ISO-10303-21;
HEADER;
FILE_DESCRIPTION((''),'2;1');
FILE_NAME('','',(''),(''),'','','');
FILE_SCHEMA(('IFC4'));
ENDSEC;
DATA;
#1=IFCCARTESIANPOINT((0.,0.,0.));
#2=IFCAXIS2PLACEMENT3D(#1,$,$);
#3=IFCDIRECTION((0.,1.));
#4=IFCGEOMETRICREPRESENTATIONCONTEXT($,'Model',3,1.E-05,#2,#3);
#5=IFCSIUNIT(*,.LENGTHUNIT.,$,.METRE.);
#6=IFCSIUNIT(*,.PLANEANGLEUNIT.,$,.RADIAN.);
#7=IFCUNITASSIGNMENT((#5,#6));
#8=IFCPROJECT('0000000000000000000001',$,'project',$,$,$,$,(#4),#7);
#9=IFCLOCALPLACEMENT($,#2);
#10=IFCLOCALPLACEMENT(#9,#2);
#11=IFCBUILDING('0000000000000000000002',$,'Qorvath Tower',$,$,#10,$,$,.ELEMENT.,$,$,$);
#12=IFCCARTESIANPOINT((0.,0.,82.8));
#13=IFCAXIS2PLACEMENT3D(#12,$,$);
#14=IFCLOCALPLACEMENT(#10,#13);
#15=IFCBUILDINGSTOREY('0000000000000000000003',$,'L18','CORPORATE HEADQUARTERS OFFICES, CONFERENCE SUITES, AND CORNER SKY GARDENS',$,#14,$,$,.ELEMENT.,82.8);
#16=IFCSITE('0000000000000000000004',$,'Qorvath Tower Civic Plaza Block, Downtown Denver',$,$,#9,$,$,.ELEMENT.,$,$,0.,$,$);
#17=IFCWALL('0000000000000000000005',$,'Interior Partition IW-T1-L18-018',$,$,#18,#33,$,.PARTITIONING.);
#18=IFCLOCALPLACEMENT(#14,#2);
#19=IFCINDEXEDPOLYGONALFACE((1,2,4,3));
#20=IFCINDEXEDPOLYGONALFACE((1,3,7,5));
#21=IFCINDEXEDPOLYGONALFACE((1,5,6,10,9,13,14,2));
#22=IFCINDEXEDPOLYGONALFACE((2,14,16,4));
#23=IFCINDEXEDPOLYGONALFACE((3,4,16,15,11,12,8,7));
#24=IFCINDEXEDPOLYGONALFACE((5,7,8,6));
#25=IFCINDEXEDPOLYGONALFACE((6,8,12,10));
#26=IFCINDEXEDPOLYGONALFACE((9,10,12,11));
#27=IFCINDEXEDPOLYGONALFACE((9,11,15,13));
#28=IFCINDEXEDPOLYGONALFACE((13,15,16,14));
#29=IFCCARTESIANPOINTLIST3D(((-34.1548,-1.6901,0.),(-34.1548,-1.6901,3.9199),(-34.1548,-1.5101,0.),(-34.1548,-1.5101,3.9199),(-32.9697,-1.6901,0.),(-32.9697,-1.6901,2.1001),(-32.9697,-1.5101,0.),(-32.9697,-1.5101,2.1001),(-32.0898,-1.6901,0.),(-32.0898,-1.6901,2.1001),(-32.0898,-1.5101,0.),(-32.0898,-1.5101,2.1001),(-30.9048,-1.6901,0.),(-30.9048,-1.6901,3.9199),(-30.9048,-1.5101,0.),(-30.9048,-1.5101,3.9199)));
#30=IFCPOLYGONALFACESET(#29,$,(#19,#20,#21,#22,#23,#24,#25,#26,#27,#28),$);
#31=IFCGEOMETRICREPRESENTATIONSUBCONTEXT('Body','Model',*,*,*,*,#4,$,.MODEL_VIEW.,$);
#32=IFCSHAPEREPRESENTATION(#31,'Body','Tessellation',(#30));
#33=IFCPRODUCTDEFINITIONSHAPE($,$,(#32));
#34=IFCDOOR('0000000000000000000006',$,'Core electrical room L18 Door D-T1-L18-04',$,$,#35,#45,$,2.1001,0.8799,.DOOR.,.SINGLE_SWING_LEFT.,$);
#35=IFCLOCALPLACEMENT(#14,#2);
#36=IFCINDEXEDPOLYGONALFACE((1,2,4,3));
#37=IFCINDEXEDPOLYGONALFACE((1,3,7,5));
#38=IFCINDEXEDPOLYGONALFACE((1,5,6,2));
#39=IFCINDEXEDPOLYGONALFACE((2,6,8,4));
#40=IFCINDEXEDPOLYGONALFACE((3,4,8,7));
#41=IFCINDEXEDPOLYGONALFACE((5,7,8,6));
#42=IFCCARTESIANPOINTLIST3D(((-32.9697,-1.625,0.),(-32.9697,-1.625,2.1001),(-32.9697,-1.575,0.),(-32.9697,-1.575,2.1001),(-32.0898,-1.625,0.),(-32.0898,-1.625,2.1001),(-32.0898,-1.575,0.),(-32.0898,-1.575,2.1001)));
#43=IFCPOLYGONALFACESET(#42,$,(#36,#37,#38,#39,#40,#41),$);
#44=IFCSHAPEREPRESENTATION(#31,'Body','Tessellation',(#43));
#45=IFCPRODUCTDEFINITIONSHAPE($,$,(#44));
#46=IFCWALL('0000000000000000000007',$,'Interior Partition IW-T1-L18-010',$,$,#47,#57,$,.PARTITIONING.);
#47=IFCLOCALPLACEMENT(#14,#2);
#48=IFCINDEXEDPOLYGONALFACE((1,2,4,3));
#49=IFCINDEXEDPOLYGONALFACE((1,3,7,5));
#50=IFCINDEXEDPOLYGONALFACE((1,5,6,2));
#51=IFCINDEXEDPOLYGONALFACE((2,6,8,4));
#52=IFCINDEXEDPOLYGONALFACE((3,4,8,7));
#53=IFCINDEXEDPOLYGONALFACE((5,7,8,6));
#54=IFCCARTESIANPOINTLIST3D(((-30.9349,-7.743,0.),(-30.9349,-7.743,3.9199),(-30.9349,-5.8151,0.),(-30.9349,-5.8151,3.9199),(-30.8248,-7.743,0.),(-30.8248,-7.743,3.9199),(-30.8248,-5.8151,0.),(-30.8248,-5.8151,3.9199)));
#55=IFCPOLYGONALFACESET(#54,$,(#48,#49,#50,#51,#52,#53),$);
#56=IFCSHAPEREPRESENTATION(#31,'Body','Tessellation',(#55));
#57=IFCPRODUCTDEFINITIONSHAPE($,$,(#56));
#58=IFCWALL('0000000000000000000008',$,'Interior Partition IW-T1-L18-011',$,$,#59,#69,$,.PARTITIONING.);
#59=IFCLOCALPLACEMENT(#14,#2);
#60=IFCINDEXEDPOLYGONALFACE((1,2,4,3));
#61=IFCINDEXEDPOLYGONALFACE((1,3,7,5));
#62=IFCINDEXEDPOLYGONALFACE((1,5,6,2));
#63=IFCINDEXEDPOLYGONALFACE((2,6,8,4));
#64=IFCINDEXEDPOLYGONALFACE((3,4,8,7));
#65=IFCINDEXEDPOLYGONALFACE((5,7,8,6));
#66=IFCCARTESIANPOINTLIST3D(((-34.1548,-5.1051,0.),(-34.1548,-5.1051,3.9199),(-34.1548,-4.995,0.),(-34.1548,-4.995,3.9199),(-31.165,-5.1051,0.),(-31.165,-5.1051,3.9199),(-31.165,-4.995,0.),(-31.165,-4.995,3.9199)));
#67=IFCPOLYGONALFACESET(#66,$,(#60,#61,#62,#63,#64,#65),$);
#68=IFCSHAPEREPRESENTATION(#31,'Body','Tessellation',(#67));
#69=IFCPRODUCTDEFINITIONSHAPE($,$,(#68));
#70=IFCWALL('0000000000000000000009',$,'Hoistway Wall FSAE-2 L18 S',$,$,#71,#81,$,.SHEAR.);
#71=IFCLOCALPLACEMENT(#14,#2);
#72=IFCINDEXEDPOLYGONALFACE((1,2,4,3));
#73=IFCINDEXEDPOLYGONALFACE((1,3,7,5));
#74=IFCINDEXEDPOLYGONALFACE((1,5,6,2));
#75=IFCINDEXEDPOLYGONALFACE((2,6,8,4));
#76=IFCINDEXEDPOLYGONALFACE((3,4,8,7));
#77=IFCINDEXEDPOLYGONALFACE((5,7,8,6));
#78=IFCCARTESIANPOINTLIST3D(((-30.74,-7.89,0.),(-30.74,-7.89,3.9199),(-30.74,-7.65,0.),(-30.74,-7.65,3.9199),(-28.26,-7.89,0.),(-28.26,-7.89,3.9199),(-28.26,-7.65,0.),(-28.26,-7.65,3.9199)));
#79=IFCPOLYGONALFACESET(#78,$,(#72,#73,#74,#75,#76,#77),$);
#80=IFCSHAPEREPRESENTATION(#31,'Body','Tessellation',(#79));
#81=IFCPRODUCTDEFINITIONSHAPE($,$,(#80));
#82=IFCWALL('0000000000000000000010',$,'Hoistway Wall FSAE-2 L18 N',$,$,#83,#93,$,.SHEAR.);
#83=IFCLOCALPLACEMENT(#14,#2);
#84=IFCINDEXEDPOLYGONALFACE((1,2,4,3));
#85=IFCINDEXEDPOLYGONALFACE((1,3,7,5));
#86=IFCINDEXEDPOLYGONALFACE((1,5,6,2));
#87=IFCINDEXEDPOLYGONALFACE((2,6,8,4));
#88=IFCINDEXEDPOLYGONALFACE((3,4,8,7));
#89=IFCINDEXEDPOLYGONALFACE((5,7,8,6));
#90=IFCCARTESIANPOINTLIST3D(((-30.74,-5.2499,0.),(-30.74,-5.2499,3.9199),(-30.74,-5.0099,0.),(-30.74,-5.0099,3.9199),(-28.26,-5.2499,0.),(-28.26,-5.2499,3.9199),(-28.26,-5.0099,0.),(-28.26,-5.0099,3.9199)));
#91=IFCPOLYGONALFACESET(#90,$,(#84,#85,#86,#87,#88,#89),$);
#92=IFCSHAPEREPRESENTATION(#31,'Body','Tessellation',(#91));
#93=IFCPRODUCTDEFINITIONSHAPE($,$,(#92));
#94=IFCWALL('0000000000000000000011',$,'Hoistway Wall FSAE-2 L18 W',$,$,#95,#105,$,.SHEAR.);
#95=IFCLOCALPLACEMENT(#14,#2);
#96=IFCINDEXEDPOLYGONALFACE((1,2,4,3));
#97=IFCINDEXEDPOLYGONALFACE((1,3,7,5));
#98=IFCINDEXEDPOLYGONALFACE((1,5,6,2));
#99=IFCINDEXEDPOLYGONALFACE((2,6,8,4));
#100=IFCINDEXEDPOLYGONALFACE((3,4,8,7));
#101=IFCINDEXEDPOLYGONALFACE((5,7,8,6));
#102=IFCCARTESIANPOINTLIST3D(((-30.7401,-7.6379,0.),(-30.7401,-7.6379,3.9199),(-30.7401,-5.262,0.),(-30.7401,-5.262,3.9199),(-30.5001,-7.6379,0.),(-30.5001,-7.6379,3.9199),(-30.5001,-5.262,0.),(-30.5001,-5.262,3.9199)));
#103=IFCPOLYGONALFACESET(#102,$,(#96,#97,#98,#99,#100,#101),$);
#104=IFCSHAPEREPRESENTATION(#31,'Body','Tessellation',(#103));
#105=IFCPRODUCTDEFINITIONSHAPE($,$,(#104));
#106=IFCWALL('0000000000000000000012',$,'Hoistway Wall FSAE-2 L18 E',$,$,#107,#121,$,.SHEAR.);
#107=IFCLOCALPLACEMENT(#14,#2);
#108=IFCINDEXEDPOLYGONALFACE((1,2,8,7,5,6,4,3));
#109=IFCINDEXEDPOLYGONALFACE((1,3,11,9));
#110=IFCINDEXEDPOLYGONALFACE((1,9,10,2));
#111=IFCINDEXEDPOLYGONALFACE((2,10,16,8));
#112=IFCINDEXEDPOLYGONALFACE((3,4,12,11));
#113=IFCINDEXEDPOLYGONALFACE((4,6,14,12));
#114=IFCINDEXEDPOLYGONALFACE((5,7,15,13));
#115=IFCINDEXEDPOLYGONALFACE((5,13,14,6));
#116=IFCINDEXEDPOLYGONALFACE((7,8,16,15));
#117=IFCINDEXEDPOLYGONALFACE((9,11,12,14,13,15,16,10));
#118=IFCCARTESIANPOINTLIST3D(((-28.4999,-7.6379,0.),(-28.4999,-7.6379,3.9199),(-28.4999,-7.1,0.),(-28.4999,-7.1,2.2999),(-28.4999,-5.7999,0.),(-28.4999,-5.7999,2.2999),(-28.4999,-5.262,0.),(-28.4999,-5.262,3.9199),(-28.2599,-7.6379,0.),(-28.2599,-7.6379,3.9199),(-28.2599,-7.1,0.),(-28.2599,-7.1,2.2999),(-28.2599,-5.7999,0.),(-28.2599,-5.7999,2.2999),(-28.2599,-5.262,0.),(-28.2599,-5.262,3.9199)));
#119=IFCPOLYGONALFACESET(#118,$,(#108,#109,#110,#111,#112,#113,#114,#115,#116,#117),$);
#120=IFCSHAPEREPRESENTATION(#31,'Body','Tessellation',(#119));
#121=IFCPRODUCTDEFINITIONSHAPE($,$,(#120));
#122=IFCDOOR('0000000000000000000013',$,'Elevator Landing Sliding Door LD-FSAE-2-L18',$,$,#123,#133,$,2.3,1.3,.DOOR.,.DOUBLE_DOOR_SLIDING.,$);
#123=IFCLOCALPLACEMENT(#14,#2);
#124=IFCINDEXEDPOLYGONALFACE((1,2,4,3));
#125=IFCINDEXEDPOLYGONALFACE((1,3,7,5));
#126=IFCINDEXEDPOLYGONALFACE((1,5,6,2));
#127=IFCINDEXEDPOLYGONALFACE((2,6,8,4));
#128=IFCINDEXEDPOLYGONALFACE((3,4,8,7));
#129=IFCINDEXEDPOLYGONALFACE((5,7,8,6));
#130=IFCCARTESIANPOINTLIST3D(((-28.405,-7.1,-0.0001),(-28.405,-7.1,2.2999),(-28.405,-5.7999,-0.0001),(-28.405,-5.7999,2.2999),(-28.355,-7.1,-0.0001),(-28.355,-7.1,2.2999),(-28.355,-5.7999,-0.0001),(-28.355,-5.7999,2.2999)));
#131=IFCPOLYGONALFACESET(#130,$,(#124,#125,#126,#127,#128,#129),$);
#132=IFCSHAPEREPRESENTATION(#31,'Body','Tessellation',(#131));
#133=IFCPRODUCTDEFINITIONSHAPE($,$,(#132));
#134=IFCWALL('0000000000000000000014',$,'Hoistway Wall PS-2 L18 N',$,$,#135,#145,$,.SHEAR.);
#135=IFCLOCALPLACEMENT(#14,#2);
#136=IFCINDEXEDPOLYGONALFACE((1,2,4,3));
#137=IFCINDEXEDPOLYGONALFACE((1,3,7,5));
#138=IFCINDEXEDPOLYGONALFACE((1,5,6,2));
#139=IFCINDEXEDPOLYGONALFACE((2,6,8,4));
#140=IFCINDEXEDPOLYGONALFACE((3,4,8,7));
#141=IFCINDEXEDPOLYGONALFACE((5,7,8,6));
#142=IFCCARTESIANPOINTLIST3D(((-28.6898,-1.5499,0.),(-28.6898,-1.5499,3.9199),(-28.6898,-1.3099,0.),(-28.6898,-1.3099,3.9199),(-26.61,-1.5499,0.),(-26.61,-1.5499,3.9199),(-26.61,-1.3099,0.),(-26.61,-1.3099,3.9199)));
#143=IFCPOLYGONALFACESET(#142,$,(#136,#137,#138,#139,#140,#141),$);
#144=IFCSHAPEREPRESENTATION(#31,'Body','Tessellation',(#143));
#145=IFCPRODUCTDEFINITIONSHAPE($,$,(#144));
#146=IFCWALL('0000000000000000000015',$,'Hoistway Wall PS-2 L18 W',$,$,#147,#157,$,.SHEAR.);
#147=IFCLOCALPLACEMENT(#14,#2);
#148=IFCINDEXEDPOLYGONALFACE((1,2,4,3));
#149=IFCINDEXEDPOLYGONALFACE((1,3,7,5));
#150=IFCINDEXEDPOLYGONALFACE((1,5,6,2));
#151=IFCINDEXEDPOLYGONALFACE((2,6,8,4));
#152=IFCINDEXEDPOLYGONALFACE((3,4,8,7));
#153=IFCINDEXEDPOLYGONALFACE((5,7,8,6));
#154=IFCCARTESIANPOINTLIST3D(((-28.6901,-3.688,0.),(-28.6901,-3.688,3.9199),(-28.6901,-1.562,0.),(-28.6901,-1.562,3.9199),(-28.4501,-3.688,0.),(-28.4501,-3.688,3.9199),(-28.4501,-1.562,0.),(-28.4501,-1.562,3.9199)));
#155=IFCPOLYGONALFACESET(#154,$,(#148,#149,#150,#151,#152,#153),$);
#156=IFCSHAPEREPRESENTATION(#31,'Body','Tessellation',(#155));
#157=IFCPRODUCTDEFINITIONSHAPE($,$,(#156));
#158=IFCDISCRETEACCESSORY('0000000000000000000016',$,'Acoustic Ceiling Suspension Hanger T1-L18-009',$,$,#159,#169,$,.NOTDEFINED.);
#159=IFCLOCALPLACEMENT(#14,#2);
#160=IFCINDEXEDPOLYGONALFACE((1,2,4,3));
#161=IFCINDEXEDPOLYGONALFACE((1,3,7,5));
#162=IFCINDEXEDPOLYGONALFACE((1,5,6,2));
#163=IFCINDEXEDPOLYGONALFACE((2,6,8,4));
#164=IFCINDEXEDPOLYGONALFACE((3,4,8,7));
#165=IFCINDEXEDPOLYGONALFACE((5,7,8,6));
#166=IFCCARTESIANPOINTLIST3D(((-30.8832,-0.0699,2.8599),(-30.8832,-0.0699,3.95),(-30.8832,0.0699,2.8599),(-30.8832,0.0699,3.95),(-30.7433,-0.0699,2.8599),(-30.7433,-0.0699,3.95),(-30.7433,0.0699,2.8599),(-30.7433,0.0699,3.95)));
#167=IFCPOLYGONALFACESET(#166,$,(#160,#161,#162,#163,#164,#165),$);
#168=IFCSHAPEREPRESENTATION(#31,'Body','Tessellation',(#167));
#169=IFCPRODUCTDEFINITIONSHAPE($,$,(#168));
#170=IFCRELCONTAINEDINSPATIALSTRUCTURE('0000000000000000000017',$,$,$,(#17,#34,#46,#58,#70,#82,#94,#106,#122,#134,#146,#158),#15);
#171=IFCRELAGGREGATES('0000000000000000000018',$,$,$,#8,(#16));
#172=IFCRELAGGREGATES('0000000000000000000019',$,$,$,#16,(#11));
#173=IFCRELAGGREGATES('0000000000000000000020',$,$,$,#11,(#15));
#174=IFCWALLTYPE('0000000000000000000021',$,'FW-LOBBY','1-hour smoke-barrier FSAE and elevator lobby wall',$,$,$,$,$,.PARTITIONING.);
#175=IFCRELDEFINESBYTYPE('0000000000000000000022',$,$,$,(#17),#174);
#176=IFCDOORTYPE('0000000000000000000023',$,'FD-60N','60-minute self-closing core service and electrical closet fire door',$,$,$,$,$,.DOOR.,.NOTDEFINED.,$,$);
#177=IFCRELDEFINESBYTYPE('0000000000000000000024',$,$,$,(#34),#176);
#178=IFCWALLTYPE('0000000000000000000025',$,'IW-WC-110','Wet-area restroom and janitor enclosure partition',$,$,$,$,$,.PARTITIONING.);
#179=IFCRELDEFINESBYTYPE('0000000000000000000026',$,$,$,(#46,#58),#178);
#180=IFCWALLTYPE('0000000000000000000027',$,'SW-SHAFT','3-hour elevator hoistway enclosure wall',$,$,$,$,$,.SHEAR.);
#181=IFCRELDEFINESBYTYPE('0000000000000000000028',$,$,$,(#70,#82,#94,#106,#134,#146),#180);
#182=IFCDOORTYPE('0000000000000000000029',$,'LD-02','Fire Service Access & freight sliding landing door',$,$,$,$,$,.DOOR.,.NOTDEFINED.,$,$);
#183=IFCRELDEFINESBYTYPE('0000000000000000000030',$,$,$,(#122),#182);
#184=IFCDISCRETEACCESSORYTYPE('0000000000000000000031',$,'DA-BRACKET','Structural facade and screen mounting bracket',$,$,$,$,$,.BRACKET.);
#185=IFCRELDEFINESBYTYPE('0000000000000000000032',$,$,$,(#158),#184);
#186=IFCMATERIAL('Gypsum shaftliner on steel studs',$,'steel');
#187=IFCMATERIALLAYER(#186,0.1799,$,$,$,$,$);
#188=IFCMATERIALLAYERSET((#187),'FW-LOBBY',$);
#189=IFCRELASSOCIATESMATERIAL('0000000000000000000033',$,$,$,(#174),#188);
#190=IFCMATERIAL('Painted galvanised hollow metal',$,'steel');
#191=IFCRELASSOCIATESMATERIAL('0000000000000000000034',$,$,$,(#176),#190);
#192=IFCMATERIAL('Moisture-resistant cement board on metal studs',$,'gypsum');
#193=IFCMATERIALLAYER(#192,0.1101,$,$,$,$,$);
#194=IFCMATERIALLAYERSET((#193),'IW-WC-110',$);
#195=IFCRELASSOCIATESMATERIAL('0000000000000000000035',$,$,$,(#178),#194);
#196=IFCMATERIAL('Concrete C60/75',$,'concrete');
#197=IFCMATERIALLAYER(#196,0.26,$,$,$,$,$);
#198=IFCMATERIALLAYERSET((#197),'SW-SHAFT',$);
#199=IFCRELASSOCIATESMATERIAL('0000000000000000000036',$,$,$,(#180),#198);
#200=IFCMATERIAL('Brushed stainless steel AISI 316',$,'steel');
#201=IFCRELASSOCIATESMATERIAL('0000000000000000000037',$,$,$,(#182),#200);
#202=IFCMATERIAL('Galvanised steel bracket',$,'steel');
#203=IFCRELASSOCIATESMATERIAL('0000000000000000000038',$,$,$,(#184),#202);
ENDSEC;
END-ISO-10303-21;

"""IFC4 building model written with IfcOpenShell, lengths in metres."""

from ifc_helpers import new_model, si_unit, direction, frame, frame_2d, origin, origin_2d, place, context, subcontext, project, spatial, rectangle, extrude, material, layer, layer_set, type_object, element, fill, save


model = new_model("IFC4")

# Units and contexts
model_context = context("Model", 3, precision=1e-05, world=origin(), true_north=direction((0.0, 1.0)))
body_context = subcontext(model_context, "Body", "Model", "MODEL_VIEW")
ifc_project = project(units=[si_unit("LENGTHUNIT", "METRE"), si_unit("PLANEANGLEUNIT", "RADIAN")], contexts=[model_context])

# Site, building, storey
site_placement = place(None, origin())
site = spatial("IfcSite", under=ifc_project, at=site_placement, Name="Qorvath Tower Civic Plaza Block, Downtown Denver", CompositionType="ELEMENT", RefElevation=0.0)
building_placement = place(site_placement, origin())
building = spatial("IfcBuilding", under=site, at=building_placement, Name="Qorvath Tower", CompositionType="ELEMENT")
storey_placement = place(building_placement, frame((0.0, 0.0, 82.8)))
storey = spatial("IfcBuildingStorey", under=building, at=storey_placement, Name="L18", Description="CORPORATE HEADQUARTERS OFFICES, CONFERENCE SUITES, AND CORNER SKY GARDENS", CompositionType="ELEMENT", Elevation=82.8)

# Shared definitions
ifc_material_1 = material(Name="Gypsum shaftliner on steel studs", Category="steel")
ifc_layer_1 = layer(ifc_material_1, 0.1799)
ifc_layer_set_1 = layer_set([ifc_layer_1], Name="FW-LOBBY")
wall_type_1 = type_object("IfcWallType", Name="FW-LOBBY", Description="1-hour smoke-barrier FSAE and elevator lobby wall", PredefinedType="PARTITIONING", material=ifc_layer_set_1)

# Wall, opening, door
wall_1_placement = place(storey_placement, frame((-30.9048, -1.6001, 0.0), z_axis=(0.0, 0.0, 1.0), x_axis=(-1.0, 0.0, 0.0)))
wall_1 = element("IfcWall", 1, at=wall_1_placement, inside=storey, type_object=wall_type_1, Name="Interior Partition IW-T1-L18-018", PredefinedType="PARTITIONING", context=body_context, shape_type="SweptSolid", body=[
    extrude(rectangle(XDim=3.25, YDim=0.1799, at=frame_2d((1.625, 0.0))), origin(), (0.0, 0.0, 1.0), 3.9199),
])
opening_1_placement = place(wall_1_placement, frame((1.1851, 0.0, 0.0)))
opening_1 = element("IfcOpeningElement", 2, at=opening_1_placement, cuts=wall_1, PredefinedType="OPENING", context=body_context, shape_type="SweptSolid", body=[
    extrude(rectangle(XDim=0.8799, YDim=2.1001, at=frame_2d((0.4399, 1.05))), frame((0.0, 0.1001, 0.0), z_axis=(0.0, -1.0, 0.0), x_axis=(1.0, 0.0, 0.0)), (0.0, 0.0, 1.0), 0.2),
])
ifc_material_2 = material(Name="Painted galvanised hollow metal", Category="steel")
door_type_1 = type_object("IfcDoorType", Name="FD-60N", Description="60-minute self-closing core service and electrical closet fire door", OperationType="NOTDEFINED", PredefinedType="DOOR", material=ifc_material_2)
door_1_placement = place(opening_1_placement, origin())
door_1 = element("IfcDoor", 3, at=door_1_placement, inside=storey, type_object=door_type_1, Name="Core electrical room L18 Door D-T1-L18-04", OperationType="SINGLE_SWING_LEFT", OverallHeight=2.1001, OverallWidth=0.8799, PredefinedType="DOOR", context=body_context, shape_type="SweptSolid", body=[
    extrude(rectangle(XDim=0.8799, YDim=2.1001, at=frame_2d((0.4399, 1.05))), frame((0.0, 0.0249, 0.0), z_axis=(0.0, -1.0, 0.0), x_axis=(1.0, 0.0, 0.0)), (0.0, 0.0, 1.0), 0.05),
])
fill(opening_1, door_1)

# Walls
ifc_material_3 = material(Name="Moisture-resistant cement board on metal studs", Category="gypsum")
ifc_layer_2 = layer(ifc_material_3, 0.1101)
ifc_layer_set_2 = layer_set([ifc_layer_2], Name="IW-WC-110")
wall_type_2 = type_object("IfcWallType", Name="IW-WC-110", Description="Wet-area restroom and janitor enclosure partition", PredefinedType="PARTITIONING", material=ifc_layer_set_2)
wall_2_placement = place(storey_placement, frame((-30.8799, -7.7429, 0.0), z_axis=(0.0, 0.0, 1.0), x_axis=(0.0, 1.0, 0.0)))
element("IfcWall", 4, at=wall_2_placement, inside=storey, type_object=wall_type_2, Name="Interior Partition IW-T1-L18-010", PredefinedType="PARTITIONING", context=body_context, shape_type="SweptSolid", body=[
    extrude(rectangle(XDim=1.928, YDim=0.1101, at=frame_2d((0.9639, 0.0))), origin(), (0.0, 0.0, 1.0), 3.9199),
])
wall_3_placement = place(storey_placement, frame((-31.165, -5.05, 0.0), z_axis=(0.0, 0.0, 1.0), x_axis=(-1.0, 0.0, 0.0)))
element("IfcWall", 5, at=wall_3_placement, inside=storey, type_object=wall_type_2, Name="Interior Partition IW-T1-L18-011", PredefinedType="PARTITIONING", context=body_context, shape_type="SweptSolid", body=[
    extrude(rectangle(XDim=2.9897, YDim=0.1101, at=frame_2d((1.4949, 0.0))), origin(), (0.0, 0.0, 1.0), 3.9199),
])
ifc_material_4 = material(Name="Concrete C60/75", Category="concrete")
ifc_layer_3 = layer(ifc_material_4, 0.26)
ifc_layer_set_3 = layer_set([ifc_layer_3], Name="SW-SHAFT")
wall_type_3 = type_object("IfcWallType", Name="SW-SHAFT", Description="3-hour elevator hoistway enclosure wall", PredefinedType="SHEAR", material=ifc_layer_set_3)
for number, where, z_axis, x_axis, name in (
    (6, (-28.26, -7.77, 0.0), (0.0, 0.0, 1.0), (-1.0, 0.0, 0.0), "Hoistway Wall FSAE-2 L18 S"),
    (7, (-30.74, -5.1299, 0.0), (0.0, 0.0, 1.0), (1.0, 0.0, 0.0), "Hoistway Wall FSAE-2 L18 N"),
):
    element("IfcWall", number, at=place(storey_placement, frame(where, z_axis=z_axis, x_axis=x_axis)), inside=storey, type_object=wall_type_3, Name=name, PredefinedType="SHEAR", context=body_context, shape_type="SweptSolid", body=[
        extrude(rectangle(XDim=2.48, YDim=0.24, at=frame_2d((1.24, 0.0))), origin(), (0.0, 0.0, 1.0), 3.9199),
    ])
wall_4_placement = place(storey_placement, frame((-30.6201, -7.6379, 0.0), z_axis=(0.0, 0.0, 1.0), x_axis=(0.0, 1.0, 0.0)))
element("IfcWall", 8, at=wall_4_placement, inside=storey, type_object=wall_type_3, Name="Hoistway Wall FSAE-2 L18 W", PredefinedType="SHEAR", context=body_context, shape_type="SweptSolid", body=[
    extrude(rectangle(XDim=2.376, YDim=0.24, at=frame_2d((1.188, 0.0))), origin(), (0.0, 0.0, 1.0), 3.9199),
])

# Wall, opening, door
wall_5_placement = place(storey_placement, frame((-28.3799, -5.262, 0.0), z_axis=(0.0, 0.0, 1.0), x_axis=(0.0, -1.0, 0.0)))
wall_5 = element("IfcWall", 9, at=wall_5_placement, inside=storey, type_object=wall_type_3, Name="Hoistway Wall FSAE-2 L18 E", PredefinedType="SHEAR", context=body_context, shape_type="SweptSolid", body=[
    extrude(rectangle(XDim=2.376, YDim=0.24, at=frame_2d((1.188, 0.0))), origin(), (0.0, 0.0, 1.0), 3.9199),
])
opening_2_placement = place(wall_5_placement, frame((0.5381, 0.0, 0.0)))
opening_2 = element("IfcOpeningElement", 10, at=opening_2_placement, cuts=wall_5, PredefinedType="OPENING", context=body_context, shape_type="SweptSolid", body=[
    extrude(rectangle(XDim=1.3, YDim=2.3, at=frame_2d((0.6499, 1.1499))), frame((0.0, 0.1299, 0.0), z_axis=(0.0, -1.0, 0.0), x_axis=(1.0, 0.0, 0.0)), (0.0, 0.0, 1.0), 0.26),
])
ifc_material_5 = material(Name="Brushed stainless steel AISI 316", Category="steel")
door_type_2 = type_object("IfcDoorType", Name="LD-02", Description="Fire Service Access & freight sliding landing door", OperationType="NOTDEFINED", PredefinedType="DOOR", material=ifc_material_5)
door_2_placement = place(opening_2_placement, origin())
door_2 = element("IfcDoor", 11, at=door_2_placement, inside=storey, type_object=door_type_2, Name="Elevator Landing Sliding Door LD-FSAE-2-L18", OperationType="DOUBLE_DOOR_SLIDING", OverallHeight=2.3, OverallWidth=1.3, PredefinedType="DOOR", context=body_context, shape_type="SweptSolid", body=[
    extrude(rectangle(XDim=1.3, YDim=2.3, at=frame_2d((0.6499, 1.1499))), frame((0.0, 0.0249, 0.0), z_axis=(0.0, -1.0, 0.0), x_axis=(1.0, 0.0, 0.0)), (0.0, 0.0, 1.0), 0.05),
])
fill(opening_2, door_2)

# Walls
wall_6_placement = place(storey_placement, frame((-28.6899, -1.4299, 0.0), z_axis=(0.0, 0.0, 1.0), x_axis=(1.0, 0.0, 0.0)))
element("IfcWall", 12, at=wall_6_placement, inside=storey, type_object=wall_type_3, Name="Hoistway Wall PS-2 L18 N", PredefinedType="SHEAR", context=body_context, shape_type="SweptSolid", body=[
    extrude(rectangle(XDim=2.0798, YDim=0.24, at=frame_2d((1.04, 0.0))), origin(), (0.0, 0.0, 1.0), 3.9199),
])
wall_7_placement = place(storey_placement, frame((-28.5701, -3.688, 0.0), z_axis=(0.0, 0.0, 1.0), x_axis=(0.0, 1.0, 0.0)))
element("IfcWall", 13, at=wall_7_placement, inside=storey, type_object=wall_type_3, Name="Hoistway Wall PS-2 L18 W", PredefinedType="SHEAR", context=body_context, shape_type="SweptSolid", body=[
    extrude(rectangle(XDim=2.126, YDim=0.24, at=frame_2d((1.063, 0.0))), origin(), (0.0, 0.0, 1.0), 3.9199),
])

# Discrete accessory
ifc_material_6 = material(Name="Galvanised steel bracket", Category="steel")
discrete_accessory_type = type_object("IfcDiscreteAccessoryType", Name="DA-BRACKET", Description="Structural facade and screen mounting bracket", PredefinedType="BRACKET", material=ifc_material_6)
discrete_accessory_placement = place(storey_placement, frame((-30.8132, 0.0, 2.8599), z_axis=(0.0, 0.0, 1.0), x_axis=(1.0, 0.0, 0.0)))
element("IfcDiscreteAccessory", 14, at=discrete_accessory_placement, inside=storey, type_object=discrete_accessory_type, Name="Acoustic Ceiling Suspension Hanger T1-L18-009", PredefinedType="NOTDEFINED", context=body_context, shape_type="SweptSolid", body=[
    extrude(rectangle(XDim=0.1399, YDim=0.1399, at=origin_2d()), origin(), (0.0, 0.0, 1.0), 1.0901),
])

save(model, "model.ifc")
